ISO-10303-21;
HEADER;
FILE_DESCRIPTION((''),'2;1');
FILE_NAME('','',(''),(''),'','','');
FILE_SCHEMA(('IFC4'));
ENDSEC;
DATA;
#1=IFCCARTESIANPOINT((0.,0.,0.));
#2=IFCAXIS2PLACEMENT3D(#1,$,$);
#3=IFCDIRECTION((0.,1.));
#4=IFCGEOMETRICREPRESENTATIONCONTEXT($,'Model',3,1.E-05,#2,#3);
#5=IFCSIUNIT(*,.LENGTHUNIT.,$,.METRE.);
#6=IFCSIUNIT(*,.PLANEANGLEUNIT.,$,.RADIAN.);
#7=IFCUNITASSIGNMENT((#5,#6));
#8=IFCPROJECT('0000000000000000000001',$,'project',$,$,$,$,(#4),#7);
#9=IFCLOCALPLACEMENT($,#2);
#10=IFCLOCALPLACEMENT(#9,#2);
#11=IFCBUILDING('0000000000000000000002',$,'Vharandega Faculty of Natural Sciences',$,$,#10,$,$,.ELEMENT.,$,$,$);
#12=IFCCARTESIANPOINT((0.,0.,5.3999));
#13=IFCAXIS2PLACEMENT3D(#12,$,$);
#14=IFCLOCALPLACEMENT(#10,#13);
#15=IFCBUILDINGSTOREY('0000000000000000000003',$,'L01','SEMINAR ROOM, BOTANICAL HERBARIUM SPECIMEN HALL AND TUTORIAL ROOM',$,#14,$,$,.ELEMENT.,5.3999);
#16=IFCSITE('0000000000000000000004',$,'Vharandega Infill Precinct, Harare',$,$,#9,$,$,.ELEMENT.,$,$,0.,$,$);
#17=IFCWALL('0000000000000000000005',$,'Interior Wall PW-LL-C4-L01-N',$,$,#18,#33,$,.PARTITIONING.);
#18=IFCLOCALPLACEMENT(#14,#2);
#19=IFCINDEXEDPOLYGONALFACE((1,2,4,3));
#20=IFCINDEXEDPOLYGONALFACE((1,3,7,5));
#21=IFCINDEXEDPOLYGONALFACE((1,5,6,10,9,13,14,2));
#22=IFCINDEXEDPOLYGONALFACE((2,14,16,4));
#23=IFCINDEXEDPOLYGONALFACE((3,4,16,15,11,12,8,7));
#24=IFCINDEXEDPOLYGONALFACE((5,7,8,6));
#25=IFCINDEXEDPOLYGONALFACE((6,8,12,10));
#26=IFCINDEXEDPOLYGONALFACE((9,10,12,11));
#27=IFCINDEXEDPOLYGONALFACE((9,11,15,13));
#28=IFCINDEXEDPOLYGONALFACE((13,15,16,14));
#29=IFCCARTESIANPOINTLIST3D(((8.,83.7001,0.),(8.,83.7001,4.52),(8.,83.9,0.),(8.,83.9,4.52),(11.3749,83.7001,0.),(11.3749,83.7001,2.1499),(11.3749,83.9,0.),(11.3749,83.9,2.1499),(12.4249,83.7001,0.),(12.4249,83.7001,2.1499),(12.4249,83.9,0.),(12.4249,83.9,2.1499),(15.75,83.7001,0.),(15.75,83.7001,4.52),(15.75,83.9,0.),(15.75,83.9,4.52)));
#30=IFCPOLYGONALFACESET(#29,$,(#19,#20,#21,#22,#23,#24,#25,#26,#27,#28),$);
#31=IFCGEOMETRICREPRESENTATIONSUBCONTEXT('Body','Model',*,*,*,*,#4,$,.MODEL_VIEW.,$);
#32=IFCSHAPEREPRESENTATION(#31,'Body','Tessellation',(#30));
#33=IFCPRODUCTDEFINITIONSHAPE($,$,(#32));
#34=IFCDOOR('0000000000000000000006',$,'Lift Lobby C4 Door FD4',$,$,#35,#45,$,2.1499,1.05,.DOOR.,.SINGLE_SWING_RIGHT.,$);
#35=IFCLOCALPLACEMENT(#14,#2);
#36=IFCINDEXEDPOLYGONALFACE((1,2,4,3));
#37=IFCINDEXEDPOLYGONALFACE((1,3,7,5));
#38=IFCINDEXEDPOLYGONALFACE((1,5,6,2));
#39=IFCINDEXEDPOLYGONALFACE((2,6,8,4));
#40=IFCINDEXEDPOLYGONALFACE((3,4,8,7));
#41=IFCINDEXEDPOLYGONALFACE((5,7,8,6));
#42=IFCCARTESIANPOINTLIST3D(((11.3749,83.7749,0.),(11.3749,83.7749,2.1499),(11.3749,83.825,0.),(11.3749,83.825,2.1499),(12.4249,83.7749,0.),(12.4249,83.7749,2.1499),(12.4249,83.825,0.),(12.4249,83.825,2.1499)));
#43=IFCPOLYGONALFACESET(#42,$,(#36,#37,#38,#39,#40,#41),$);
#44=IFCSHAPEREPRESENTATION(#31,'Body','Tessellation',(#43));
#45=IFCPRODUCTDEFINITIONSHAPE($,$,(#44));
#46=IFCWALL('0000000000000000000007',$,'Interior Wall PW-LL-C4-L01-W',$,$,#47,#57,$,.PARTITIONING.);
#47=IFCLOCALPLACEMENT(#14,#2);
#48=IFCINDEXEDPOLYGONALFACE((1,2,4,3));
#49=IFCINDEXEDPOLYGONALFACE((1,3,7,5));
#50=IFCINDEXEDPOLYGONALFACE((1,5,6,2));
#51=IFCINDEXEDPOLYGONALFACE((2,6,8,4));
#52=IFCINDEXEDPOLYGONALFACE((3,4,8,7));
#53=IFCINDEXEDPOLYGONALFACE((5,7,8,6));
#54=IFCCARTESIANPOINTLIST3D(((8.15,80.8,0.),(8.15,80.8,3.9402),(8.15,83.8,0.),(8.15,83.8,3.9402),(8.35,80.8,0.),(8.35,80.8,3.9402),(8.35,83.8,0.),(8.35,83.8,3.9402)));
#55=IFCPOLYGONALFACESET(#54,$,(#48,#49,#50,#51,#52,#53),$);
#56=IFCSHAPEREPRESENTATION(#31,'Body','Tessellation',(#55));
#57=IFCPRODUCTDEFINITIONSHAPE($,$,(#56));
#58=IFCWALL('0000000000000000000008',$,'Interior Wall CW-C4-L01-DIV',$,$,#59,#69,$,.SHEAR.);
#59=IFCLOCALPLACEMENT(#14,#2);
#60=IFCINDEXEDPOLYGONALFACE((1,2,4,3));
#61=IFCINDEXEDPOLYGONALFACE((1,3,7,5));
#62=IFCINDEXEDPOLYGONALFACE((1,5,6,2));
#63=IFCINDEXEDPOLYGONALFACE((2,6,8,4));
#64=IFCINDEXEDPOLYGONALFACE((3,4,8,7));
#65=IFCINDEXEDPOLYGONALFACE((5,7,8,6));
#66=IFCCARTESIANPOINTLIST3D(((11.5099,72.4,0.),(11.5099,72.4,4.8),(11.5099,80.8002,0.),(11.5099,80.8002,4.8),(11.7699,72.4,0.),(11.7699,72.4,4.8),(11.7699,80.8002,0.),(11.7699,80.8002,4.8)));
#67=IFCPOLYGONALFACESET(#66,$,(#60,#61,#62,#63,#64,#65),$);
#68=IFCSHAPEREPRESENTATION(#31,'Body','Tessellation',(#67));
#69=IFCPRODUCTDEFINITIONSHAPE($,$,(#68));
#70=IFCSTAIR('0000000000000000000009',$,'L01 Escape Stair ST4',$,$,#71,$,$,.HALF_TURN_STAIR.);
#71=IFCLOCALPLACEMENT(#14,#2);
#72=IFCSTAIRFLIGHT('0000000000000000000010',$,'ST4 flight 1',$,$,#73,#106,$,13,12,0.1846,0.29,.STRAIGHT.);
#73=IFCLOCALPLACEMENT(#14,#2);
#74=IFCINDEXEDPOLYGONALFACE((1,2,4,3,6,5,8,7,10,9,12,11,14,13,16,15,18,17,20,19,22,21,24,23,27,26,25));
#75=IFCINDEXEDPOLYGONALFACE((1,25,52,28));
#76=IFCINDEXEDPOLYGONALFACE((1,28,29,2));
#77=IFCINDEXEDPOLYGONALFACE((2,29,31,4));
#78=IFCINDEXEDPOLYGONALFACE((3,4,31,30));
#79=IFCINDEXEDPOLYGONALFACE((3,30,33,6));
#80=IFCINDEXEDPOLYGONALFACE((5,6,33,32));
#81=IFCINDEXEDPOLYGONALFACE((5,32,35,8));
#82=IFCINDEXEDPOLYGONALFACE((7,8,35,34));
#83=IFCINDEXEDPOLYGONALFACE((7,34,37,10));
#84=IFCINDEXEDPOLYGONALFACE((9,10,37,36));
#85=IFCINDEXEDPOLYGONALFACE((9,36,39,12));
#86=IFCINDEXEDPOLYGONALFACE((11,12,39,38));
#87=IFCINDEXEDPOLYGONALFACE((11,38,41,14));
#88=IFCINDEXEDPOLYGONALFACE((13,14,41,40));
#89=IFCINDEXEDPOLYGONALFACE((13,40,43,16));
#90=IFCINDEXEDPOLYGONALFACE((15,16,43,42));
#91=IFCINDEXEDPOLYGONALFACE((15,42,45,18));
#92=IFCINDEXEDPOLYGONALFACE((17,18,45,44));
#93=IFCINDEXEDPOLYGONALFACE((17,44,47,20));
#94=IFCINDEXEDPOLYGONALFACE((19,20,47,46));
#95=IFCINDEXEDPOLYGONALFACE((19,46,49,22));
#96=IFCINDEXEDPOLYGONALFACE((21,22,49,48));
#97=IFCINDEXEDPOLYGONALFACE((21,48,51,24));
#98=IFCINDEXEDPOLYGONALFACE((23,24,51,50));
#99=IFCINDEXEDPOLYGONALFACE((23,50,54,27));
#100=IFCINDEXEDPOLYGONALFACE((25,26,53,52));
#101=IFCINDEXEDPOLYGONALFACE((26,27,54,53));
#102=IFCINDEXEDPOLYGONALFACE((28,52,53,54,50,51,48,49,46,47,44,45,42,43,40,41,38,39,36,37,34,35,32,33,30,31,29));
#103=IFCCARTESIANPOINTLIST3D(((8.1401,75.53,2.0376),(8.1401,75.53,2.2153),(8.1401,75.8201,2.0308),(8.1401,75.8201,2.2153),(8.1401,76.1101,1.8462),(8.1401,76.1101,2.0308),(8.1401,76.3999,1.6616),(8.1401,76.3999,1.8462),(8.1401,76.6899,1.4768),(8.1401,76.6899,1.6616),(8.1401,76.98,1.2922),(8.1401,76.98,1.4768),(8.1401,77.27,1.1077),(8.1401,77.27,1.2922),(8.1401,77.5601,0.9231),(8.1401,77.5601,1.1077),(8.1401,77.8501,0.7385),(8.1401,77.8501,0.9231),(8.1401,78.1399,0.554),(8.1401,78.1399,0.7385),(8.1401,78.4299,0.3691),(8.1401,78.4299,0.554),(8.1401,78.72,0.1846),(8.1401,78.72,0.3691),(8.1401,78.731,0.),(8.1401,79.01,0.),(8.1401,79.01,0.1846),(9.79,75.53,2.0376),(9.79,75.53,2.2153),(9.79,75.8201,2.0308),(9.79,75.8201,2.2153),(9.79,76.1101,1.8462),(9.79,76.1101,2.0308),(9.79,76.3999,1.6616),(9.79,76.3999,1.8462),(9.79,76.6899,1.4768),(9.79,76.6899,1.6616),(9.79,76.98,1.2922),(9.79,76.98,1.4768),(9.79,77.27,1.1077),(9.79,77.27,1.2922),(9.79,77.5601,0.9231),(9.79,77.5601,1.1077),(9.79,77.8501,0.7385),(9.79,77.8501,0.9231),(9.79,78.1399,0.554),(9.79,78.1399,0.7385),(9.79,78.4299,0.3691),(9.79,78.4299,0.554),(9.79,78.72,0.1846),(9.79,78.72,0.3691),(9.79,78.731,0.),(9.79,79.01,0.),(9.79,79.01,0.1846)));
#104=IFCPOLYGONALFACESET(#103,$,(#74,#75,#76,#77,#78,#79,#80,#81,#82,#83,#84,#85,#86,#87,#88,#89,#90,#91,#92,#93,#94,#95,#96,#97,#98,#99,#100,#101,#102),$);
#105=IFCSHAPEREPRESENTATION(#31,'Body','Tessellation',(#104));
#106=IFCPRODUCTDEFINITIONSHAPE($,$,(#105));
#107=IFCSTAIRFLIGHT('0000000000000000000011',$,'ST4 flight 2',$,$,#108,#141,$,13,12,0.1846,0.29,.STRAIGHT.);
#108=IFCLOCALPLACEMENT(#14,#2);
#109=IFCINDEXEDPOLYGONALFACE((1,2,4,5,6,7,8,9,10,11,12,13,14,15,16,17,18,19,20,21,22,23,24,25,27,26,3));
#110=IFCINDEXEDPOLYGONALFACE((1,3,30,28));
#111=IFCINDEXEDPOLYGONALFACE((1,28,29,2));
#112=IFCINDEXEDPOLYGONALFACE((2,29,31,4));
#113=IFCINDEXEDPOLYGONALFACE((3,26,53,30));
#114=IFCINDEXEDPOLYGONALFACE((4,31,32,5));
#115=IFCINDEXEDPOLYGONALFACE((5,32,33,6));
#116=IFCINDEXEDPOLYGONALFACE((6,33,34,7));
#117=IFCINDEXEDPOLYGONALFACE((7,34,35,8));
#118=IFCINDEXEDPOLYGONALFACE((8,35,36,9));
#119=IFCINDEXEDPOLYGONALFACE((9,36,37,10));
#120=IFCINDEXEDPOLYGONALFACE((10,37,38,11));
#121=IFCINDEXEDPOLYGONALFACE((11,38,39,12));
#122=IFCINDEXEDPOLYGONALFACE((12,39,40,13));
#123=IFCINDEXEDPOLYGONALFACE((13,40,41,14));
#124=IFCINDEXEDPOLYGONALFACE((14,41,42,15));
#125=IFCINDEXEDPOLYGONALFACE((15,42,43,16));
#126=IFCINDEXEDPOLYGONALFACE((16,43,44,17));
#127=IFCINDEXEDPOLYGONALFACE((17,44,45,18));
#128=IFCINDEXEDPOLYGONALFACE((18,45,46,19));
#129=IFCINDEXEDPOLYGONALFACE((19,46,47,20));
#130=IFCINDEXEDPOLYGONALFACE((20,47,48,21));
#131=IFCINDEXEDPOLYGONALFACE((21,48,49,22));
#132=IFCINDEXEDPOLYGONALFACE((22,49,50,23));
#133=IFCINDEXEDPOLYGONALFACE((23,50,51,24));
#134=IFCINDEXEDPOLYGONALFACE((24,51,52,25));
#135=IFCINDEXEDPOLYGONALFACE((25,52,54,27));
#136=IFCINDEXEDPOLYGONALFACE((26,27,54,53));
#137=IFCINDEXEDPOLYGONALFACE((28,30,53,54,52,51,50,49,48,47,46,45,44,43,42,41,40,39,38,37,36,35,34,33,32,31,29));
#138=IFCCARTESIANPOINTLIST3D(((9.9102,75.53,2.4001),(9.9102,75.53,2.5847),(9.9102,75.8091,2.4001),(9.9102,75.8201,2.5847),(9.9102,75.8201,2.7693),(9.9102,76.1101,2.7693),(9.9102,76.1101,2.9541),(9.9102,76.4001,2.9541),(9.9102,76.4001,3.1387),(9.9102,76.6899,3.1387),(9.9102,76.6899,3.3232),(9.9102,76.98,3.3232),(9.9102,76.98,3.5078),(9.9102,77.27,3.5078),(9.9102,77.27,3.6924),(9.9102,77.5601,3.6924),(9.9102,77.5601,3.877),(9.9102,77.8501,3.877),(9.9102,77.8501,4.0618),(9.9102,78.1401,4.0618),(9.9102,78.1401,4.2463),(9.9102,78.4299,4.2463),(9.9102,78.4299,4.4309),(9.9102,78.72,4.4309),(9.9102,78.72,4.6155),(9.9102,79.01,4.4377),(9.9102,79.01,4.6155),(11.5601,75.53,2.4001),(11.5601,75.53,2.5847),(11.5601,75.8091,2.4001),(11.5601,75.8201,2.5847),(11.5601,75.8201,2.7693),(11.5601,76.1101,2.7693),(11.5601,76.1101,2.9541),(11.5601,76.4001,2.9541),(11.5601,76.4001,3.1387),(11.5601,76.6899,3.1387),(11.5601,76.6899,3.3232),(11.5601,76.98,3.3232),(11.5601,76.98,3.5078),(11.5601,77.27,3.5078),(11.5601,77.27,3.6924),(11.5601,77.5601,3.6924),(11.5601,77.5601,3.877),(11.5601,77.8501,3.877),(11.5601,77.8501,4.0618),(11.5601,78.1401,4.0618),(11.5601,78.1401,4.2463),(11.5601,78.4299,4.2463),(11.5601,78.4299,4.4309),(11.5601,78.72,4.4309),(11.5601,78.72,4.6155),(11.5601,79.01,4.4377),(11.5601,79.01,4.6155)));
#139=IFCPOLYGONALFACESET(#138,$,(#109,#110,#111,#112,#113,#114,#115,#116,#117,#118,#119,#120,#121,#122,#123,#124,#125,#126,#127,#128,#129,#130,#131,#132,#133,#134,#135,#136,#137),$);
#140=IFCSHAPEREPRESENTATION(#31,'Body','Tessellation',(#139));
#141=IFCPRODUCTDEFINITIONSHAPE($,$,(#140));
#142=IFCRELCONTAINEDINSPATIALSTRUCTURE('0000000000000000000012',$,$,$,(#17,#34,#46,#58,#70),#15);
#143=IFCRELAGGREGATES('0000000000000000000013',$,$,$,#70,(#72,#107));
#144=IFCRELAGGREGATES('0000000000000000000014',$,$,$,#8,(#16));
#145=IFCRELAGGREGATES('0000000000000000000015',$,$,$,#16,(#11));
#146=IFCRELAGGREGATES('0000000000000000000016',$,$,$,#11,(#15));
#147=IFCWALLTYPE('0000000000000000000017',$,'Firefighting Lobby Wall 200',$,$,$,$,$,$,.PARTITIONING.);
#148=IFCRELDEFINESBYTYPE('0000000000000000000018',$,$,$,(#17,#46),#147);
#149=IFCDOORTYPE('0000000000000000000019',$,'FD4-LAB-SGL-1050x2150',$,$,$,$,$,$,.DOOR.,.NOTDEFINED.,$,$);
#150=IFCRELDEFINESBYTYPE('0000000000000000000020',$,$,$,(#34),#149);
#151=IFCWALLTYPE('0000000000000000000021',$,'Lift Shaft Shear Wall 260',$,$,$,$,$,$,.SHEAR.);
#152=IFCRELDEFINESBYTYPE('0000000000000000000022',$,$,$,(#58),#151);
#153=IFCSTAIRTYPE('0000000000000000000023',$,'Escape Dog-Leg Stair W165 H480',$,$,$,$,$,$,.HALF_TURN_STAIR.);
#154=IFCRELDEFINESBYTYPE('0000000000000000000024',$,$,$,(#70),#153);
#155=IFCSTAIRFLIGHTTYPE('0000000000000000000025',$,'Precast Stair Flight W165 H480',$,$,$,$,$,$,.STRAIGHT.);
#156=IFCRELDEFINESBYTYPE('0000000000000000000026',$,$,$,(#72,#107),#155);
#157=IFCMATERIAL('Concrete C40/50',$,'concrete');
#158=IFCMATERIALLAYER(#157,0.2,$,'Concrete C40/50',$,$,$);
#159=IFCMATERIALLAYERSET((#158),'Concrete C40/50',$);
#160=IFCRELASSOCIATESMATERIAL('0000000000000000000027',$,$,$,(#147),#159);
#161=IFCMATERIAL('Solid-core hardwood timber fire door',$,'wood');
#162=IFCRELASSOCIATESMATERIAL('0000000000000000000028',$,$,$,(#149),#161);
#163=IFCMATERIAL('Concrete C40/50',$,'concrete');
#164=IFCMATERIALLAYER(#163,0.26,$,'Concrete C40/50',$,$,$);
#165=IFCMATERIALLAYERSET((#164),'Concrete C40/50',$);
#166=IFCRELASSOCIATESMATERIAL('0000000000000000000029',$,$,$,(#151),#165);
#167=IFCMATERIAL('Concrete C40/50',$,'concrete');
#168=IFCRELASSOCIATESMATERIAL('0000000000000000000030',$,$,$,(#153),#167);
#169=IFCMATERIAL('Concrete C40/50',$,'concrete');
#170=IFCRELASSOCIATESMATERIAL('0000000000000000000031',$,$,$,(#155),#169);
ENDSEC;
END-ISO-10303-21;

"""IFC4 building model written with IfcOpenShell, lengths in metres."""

from ifc_helpers import new_model, si_unit, direction, frame, frame_2d, origin, place, context, subcontext, project, spatial, polyline, rectangle, outline, extrude, material, layer, layer_set, type_object, element, fill, aggregate, save


model = new_model("IFC4")

# Units and contexts
model_context = context("Model", 3, precision=1e-05, world=origin(), true_north=direction((0.0, 1.0)))
body_context = subcontext(model_context, "Body", "Model", "MODEL_VIEW")
ifc_project = project(units=[si_unit("LENGTHUNIT", "METRE"), si_unit("PLANEANGLEUNIT", "RADIAN")], contexts=[model_context])

# Site, building, storey
site_placement = place(None, origin())
site = spatial("IfcSite", under=ifc_project, at=site_placement, Name="Vharandega Infill Precinct, Harare", CompositionType="ELEMENT", RefElevation=0.0)
building_placement = place(site_placement, origin())
building = spatial("IfcBuilding", under=site, at=building_placement, Name="Vharandega Faculty of Natural Sciences", CompositionType="ELEMENT")
storey_placement = place(building_placement, frame((0.0, 0.0, 5.3999)))
storey = spatial("IfcBuildingStorey", under=building, at=storey_placement, Name="L01", Description="SEMINAR ROOM, BOTANICAL HERBARIUM SPECIMEN HALL AND TUTORIAL ROOM", CompositionType="ELEMENT", Elevation=5.3999)

# Wall, opening, door
ifc_material_1 = material(Name="Concrete C40/50", Category="concrete")
ifc_layer_1 = layer(ifc_material_1, 0.2, Name="Concrete C40/50")
ifc_layer_set_1 = layer_set([ifc_layer_1], Name="Concrete C40/50")
wall_type_1 = type_object("IfcWallType", Name="Firefighting Lobby Wall 200", PredefinedType="PARTITIONING", material=ifc_layer_set_1)
wall_1_placement = place(storey_placement, frame((8.0, 83.8, 0.0), z_axis=(0.0, 0.0, 1.0), x_axis=(1.0, 0.0, 0.0)))
wall_1 = element("IfcWall", 1, at=wall_1_placement, inside=storey, type_object=wall_type_1, Name="Interior Wall PW-LL-C4-L01-N", PredefinedType="PARTITIONING", context=body_context, shape_type="SweptSolid", body=[
    extrude(rectangle(XDim=7.75, YDim=0.2, at=frame_2d((3.875, 0.0))), origin(), (0.0, 0.0, 1.0), 4.52),
])
opening_1_placement = place(wall_1_placement, frame((3.375, 0.0, 0.0)))
opening_1 = element("IfcOpeningElement", 2, at=opening_1_placement, cuts=wall_1, PredefinedType="OPENING", context=body_context, shape_type="SweptSolid", body=[
    extrude(rectangle(XDim=1.05, YDim=2.1499, at=frame_2d((0.5249, 1.075))), frame((0.0, 0.1099, 0.0), z_axis=(0.0, -1.0, 0.0), x_axis=(1.0, 0.0, 0.0)), (0.0, 0.0, 1.0), 0.22),
])
ifc_material_2 = material(Name="Solid-core hardwood timber fire door", Category="wood")
door_type_1 = type_object("IfcDoorType", Name="FD4-LAB-SGL-1050x2150", OperationType="NOTDEFINED", PredefinedType="DOOR", material=ifc_material_2)
door_1_placement = place(opening_1_placement, origin())
door_1 = element("IfcDoor", 3, at=door_1_placement, inside=storey, type_object=door_type_1, Name="Lift Lobby C4 Door FD4", OperationType="SINGLE_SWING_RIGHT", OverallHeight=2.1499, OverallWidth=1.05, PredefinedType="DOOR", context=body_context, shape_type="SweptSolid", body=[
    extrude(rectangle(XDim=1.05, YDim=2.1499, at=frame_2d((0.5249, 1.075))), frame((0.0, 0.0249, 0.0), z_axis=(0.0, -1.0, 0.0), x_axis=(1.0, 0.0, 0.0)), (0.0, 0.0, 1.0), 0.05),
])
fill(opening_1, door_1)

# Walls
wall_2_placement = place(storey_placement, frame((8.25, 80.8, 0.0), z_axis=(0.0, 0.0, 1.0), x_axis=(0.0, 1.0, 0.0)))
element("IfcWall", 4, at=wall_2_placement, inside=storey, type_object=wall_type_1, Name="Interior Wall PW-LL-C4-L01-W", PredefinedType="PARTITIONING", context=body_context, shape_type="SweptSolid", body=[
    extrude(rectangle(XDim=3.0, YDim=0.2, at=frame_2d((1.5, 0.0))), origin(), (0.0, 0.0, 1.0), 3.9402),
])
ifc_material_3 = material(Name="Concrete C40/50", Category="concrete")
ifc_layer_2 = layer(ifc_material_3, 0.26, Name="Concrete C40/50")
ifc_layer_set_2 = layer_set([ifc_layer_2], Name="Concrete C40/50")
wall_type_2 = type_object("IfcWallType", Name="Lift Shaft Shear Wall 260", PredefinedType="SHEAR", material=ifc_layer_set_2)
wall_3_placement = place(storey_placement, frame((11.6399, 72.3999, 0.0), z_axis=(0.0, 0.0, 1.0), x_axis=(0.0, 1.0, 0.0)))
element("IfcWall", 5, at=wall_3_placement, inside=storey, type_object=wall_type_2, Name="Interior Wall CW-C4-L01-DIV", PredefinedType="SHEAR", context=body_context, shape_type="SweptSolid", body=[
    extrude(rectangle(XDim=8.4001, YDim=0.26, at=frame_2d((4.2002, 0.0))), origin(), (0.0, 0.0, 1.0), 4.8),
])

# Stair, stair flights
ifc_material_4 = material(Name="Concrete C40/50", Category="concrete")
stair_type = type_object("IfcStairType", Name="Escape Dog-Leg Stair W165 H480", PredefinedType="HALF_TURN_STAIR", material=ifc_material_4)
stair_placement = place(storey_placement, origin())
stair = element("IfcStair", 6, at=stair_placement, inside=storey, type_object=stair_type, Name="L01 Escape Stair ST4", PredefinedType="HALF_TURN_STAIR")
ifc_material_5 = material(Name="Concrete C40/50", Category="concrete")
stair_flight_type = type_object("IfcStairFlightType", Name="Precast Stair Flight W165 H480", PredefinedType="STRAIGHT", material=ifc_material_5)
stair_flight_1_placement = place(storey_placement, frame((8.9651, 79.01, 0.0), z_axis=(0.0, 0.0, 1.0), x_axis=(0.0, -1.0, 0.0)))
stair_flight_1 = element("IfcStairFlight", 7, at=stair_flight_1_placement, type_object=stair_flight_type, Name="ST4 flight 1", NumberOfRisers=13, NumberOfTreads=12, PredefinedType="STRAIGHT", RiserHeight=0.1846, TreadLength=0.29, context=body_context, shape_type="SweptSolid", body=[
    extrude(outline(polyline([(0.0, 0.0), (0.0, 0.1846), (0.29, 0.1846), (0.29, 0.3691), (0.5801, 0.3691), (0.5801, 0.554), (0.8701, 0.554), (0.8701, 0.7385), (1.1599, 0.7385), (1.1599, 0.9231), (1.45, 0.9231), (1.45, 1.1077), (1.74, 1.1077), (1.74, 1.2922), (2.03, 1.2922), (2.03, 1.4768), (2.3201, 1.4768), (2.3201, 1.6616), (2.6101, 1.6616), (2.6101, 1.8462), (2.8999, 1.8462), (2.8999, 2.0308), (3.1899, 2.0308), (3.1899, 2.2153), (3.48, 2.2153), (3.48, 2.3999), (3.48, 2.0376), (0.2791, 0.0), (0.0, 0.0)])), frame((0.0, 0.825, 0.0), z_axis=(0.0, -1.0, 0.0), x_axis=(1.0, 0.0, 0.0)), (0.0, 0.0, 1.0), 1.6499),
])
stair_flight_2_placement = place(storey_placement, frame((10.7351, 75.53, 2.4001), z_axis=(0.0, 0.0, 1.0), x_axis=(0.0, 1.0, 0.0)))
stair_flight_2 = element("IfcStairFlight", 8, at=stair_flight_2_placement, type_object=stair_flight_type, Name="ST4 flight 2", NumberOfRisers=13, NumberOfTreads=12, PredefinedType="STRAIGHT", RiserHeight=0.1846, TreadLength=0.29, context=body_context, shape_type="SweptSolid", body=[
    extrude(outline(polyline([(0.0, 0.0), (0.0, 0.1846), (0.29, 0.1846), (0.29, 0.3691), (0.5801, 0.3691), (0.5801, 0.554), (0.8701, 0.554), (0.8701, 0.7385), (1.1599, 0.7385), (1.1599, 0.9231), (1.45, 0.9231), (1.45, 1.1077), (1.74, 1.1077), (1.74, 1.2922), (2.03, 1.2922), (2.03, 1.4768), (2.3201, 1.4768), (2.3201, 1.6616), (2.6101, 1.6616), (2.6101, 1.8462), (2.8999, 1.8462), (2.8999, 2.0308), (3.1899, 2.0308), (3.1899, 2.2153), (3.48, 2.2153), (3.48, 2.3999), (3.48, 2.0376), (0.2791, 0.0), (0.0, 0.0)])), frame((0.0, 0.825, 0.0), z_axis=(0.0, -1.0, 0.0), x_axis=(1.0, 0.0, 0.0)), (0.0, 0.0, 1.0), 1.6499),
])
aggregate(stair, [stair_flight_1, stair_flight_2])

save(model, "model.ifc")
